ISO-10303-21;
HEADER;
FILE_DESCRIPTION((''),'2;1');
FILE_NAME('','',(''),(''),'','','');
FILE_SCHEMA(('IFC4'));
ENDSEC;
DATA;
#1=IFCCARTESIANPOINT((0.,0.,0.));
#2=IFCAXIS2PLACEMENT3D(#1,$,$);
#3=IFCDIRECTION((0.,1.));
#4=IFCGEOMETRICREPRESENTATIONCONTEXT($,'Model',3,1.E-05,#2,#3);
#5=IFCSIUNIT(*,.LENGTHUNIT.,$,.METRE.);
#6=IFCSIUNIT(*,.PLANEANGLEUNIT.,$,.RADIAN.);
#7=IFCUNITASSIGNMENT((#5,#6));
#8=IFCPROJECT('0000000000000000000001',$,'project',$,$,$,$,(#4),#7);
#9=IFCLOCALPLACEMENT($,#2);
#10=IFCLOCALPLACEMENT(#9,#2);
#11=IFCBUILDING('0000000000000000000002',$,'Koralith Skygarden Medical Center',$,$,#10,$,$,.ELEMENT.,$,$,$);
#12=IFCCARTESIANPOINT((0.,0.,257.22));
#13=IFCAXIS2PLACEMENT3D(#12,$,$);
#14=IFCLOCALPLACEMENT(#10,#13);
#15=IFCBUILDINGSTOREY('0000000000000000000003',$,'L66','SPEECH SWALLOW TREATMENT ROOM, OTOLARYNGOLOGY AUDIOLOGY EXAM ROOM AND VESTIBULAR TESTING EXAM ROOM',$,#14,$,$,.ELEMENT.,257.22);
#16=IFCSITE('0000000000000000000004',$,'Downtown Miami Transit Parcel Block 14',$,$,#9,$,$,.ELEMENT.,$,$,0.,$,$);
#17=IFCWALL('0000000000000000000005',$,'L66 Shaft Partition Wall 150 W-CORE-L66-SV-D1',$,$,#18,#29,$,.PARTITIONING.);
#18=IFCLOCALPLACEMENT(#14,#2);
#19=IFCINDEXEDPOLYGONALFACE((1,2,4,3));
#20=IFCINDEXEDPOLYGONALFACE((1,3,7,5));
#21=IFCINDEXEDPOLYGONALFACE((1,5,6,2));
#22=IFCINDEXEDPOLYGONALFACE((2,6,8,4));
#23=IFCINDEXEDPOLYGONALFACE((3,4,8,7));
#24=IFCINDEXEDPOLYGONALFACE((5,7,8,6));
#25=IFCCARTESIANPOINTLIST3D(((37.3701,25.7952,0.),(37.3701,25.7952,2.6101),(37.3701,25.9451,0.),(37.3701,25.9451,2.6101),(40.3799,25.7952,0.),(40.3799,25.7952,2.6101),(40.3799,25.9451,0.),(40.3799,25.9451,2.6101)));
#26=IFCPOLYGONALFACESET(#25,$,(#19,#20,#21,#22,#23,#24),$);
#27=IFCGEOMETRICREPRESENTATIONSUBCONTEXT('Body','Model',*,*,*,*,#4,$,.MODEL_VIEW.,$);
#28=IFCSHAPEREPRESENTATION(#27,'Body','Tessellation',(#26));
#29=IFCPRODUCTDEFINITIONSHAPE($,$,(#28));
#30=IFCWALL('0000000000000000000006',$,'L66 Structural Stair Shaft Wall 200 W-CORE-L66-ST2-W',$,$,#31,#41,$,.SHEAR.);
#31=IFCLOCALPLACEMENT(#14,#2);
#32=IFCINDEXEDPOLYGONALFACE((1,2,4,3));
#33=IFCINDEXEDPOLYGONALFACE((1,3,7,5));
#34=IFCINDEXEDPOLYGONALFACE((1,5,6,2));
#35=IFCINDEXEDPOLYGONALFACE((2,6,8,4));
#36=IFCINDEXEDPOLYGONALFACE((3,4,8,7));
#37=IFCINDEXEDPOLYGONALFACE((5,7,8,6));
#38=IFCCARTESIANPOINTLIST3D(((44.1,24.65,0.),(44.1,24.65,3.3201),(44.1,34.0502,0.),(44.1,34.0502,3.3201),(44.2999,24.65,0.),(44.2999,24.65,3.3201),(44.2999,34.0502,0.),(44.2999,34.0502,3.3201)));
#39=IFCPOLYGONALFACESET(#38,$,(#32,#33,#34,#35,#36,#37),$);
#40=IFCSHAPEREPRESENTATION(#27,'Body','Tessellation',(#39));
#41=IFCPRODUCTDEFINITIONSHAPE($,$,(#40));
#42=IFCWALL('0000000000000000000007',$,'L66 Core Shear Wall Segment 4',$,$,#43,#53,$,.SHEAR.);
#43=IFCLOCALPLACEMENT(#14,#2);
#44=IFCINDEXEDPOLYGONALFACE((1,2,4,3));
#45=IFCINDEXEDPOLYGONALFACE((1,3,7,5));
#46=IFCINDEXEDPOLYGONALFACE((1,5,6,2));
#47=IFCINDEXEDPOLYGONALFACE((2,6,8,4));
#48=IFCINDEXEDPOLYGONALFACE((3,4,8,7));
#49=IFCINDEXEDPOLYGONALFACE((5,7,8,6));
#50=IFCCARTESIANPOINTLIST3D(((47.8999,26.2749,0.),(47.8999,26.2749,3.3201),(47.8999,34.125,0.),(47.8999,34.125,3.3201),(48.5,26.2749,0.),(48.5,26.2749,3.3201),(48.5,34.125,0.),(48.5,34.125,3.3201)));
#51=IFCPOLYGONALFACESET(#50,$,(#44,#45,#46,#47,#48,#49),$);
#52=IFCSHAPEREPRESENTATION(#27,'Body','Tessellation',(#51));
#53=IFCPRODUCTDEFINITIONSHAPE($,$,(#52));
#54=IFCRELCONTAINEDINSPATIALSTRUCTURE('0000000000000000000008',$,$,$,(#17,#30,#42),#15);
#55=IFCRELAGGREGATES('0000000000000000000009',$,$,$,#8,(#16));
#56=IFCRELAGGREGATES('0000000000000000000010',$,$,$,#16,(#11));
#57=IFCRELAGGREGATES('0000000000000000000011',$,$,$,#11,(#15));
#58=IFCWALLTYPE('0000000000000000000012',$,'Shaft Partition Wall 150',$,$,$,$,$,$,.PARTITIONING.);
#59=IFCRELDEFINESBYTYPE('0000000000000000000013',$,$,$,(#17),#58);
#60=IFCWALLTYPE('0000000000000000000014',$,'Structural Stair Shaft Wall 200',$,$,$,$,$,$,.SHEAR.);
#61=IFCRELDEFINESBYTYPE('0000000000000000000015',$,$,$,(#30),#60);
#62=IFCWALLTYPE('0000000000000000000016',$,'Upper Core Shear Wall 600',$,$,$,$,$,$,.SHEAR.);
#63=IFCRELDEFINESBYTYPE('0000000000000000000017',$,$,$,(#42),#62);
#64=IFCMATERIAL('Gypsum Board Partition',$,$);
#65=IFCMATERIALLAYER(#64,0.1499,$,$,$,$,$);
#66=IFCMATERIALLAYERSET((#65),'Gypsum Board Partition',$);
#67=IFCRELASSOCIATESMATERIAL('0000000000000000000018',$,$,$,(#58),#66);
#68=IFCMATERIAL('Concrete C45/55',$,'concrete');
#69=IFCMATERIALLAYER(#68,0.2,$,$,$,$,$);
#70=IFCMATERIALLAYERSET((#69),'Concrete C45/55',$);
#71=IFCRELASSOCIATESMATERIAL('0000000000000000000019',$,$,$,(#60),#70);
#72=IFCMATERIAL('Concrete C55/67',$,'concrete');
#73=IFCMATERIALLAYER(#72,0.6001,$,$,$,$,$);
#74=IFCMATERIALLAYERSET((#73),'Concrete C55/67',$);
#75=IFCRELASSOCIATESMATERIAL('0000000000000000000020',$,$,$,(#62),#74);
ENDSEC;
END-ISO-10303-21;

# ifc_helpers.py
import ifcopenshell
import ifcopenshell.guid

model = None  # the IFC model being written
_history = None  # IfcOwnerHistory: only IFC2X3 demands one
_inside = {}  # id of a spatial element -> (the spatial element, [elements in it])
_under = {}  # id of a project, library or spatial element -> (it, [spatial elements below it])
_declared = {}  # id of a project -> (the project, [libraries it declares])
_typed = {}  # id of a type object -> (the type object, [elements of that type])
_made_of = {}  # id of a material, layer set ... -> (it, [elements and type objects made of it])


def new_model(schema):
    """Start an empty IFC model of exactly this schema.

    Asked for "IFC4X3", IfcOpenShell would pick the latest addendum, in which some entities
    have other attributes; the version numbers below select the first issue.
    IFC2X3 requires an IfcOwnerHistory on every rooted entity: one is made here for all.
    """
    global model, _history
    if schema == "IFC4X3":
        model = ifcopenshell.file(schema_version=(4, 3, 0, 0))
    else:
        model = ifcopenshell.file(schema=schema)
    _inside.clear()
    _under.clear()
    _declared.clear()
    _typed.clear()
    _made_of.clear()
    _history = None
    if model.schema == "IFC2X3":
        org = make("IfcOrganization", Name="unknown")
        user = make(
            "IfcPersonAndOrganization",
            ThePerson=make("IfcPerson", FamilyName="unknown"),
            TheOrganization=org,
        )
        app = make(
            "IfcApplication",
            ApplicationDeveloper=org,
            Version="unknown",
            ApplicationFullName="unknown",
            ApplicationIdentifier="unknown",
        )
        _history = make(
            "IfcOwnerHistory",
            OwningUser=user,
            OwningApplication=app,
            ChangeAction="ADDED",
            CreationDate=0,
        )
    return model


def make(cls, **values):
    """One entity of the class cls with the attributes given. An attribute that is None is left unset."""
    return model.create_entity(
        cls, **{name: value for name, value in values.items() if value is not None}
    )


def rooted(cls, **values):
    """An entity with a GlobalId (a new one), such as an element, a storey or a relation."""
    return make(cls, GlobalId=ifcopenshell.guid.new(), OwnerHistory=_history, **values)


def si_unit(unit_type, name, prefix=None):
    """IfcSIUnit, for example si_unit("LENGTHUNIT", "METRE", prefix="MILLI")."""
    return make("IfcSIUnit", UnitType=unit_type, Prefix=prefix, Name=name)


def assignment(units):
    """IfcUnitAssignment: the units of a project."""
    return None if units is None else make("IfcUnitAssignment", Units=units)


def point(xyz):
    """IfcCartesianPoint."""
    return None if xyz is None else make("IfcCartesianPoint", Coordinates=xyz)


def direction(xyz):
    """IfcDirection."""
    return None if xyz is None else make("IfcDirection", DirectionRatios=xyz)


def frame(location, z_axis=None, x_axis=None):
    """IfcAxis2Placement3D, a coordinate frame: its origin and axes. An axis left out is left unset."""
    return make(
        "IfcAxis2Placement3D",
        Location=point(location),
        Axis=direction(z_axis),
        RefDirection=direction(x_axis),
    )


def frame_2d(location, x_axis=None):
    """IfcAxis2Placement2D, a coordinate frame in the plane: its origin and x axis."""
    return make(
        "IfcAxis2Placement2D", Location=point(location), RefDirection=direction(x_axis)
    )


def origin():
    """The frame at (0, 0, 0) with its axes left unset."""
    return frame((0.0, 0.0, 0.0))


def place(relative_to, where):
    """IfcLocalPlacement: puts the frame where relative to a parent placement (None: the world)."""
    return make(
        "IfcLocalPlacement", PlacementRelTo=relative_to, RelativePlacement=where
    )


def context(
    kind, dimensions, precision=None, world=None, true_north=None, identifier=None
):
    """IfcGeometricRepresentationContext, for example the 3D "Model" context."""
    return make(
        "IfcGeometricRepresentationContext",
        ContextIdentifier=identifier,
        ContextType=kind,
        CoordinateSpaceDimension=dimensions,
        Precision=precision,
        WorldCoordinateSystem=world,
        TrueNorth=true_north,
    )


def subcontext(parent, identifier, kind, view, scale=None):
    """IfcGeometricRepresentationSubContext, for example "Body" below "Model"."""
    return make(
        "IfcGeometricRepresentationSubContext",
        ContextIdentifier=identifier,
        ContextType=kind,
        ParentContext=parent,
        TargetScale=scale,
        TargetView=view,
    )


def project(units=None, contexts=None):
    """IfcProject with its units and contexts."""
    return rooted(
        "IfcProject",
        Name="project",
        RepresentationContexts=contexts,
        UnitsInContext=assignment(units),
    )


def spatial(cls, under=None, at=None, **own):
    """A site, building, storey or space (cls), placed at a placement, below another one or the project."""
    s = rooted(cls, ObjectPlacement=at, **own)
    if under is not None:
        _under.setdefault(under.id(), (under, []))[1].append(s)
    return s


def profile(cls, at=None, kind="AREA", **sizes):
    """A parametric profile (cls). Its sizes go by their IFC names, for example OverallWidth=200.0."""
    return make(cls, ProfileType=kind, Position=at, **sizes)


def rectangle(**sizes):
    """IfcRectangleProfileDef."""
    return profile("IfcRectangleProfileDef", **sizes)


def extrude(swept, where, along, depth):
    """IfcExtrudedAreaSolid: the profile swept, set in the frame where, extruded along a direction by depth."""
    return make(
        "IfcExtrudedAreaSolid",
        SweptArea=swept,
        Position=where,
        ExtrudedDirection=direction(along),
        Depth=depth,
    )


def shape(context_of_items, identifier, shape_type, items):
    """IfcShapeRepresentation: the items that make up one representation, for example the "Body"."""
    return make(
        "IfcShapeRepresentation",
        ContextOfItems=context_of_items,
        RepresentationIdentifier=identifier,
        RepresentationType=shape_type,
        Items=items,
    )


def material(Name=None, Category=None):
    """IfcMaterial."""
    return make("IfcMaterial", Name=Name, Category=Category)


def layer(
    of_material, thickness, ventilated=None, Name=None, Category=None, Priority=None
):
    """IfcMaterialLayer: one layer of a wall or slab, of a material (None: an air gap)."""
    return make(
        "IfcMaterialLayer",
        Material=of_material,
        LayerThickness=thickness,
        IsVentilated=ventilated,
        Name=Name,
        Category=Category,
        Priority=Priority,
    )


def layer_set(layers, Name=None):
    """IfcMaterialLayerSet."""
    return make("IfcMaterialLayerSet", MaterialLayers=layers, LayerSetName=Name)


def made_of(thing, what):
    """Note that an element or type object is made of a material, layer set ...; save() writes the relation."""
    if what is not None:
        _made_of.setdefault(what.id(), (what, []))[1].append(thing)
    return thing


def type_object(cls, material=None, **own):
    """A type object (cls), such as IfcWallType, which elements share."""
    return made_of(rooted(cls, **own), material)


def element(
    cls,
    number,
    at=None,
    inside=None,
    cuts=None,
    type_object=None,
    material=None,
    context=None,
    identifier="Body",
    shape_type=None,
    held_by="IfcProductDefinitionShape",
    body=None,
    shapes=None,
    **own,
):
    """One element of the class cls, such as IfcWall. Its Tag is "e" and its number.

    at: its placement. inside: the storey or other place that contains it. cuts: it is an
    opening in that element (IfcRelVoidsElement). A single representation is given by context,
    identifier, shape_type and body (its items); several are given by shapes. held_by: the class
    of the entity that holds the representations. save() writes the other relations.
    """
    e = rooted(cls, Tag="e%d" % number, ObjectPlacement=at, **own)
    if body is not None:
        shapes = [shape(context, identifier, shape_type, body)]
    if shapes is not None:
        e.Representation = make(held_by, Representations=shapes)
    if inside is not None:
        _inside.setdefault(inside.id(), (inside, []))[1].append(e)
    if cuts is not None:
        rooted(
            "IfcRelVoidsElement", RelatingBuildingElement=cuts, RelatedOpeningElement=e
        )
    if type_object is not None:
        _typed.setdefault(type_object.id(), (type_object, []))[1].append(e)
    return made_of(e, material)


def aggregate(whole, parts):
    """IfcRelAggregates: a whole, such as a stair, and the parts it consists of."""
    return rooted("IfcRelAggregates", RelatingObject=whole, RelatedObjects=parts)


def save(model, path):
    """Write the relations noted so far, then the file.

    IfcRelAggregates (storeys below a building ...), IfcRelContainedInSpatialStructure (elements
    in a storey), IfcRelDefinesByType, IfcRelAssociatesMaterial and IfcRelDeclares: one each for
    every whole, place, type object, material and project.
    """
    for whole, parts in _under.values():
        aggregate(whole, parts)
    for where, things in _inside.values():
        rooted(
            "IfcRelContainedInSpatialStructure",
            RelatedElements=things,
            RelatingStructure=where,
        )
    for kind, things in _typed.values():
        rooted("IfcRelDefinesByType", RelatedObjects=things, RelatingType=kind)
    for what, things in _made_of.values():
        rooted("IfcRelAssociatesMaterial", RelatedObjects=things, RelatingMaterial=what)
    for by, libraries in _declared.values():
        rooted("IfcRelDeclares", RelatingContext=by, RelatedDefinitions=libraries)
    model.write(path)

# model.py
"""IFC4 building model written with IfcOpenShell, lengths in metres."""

from ifc_helpers import new_model, si_unit, direction, frame, frame_2d, origin, place, context, subcontext, project, spatial, rectangle, extrude, material, layer, layer_set, type_object, element, save


model = new_model("IFC4")

# Units and contexts
model_context = context("Model", 3, precision=1e-05, world=origin(), true_north=direction((0.0, 1.0)))
body_context = subcontext(model_context, "Body", "Model", "MODEL_VIEW")
ifc_project = project(units=[si_unit("LENGTHUNIT", "METRE"), si_unit("PLANEANGLEUNIT", "RADIAN")], contexts=[model_context])

# Site, building, storey
site_placement = place(None, origin())
site = spatial("IfcSite", under=ifc_project, at=site_placement, Name="Downtown Miami Transit Parcel Block 14", CompositionType="ELEMENT", RefElevation=0.0)
building_placement = place(site_placement, origin())
building = spatial("IfcBuilding", under=site, at=building_placement, Name="Koralith Skygarden Medical Center", CompositionType="ELEMENT")
storey_placement = place(building_placement, frame((0.0, 0.0, 257.22)))
storey = spatial("IfcBuildingStorey", under=building, at=storey_placement, Name="L66", Description="SPEECH SWALLOW TREATMENT ROOM, OTOLARYNGOLOGY AUDIOLOGY EXAM ROOM AND VESTIBULAR TESTING EXAM ROOM", CompositionType="ELEMENT", Elevation=257.22)

# Shared definitions
ifc_material_1 = material(Name="Concrete C55/67", Category="concrete")

# Shared definitions
ifc_material_2 = material(Name="Concrete C45/55", Category="concrete")

# Shared definitions
ifc_material_3 = material(Name="Gypsum Board Partition")

# Walls
ifc_layer_1 = layer(ifc_material_3, 0.1499)
ifc_layer_set_1 = layer_set([ifc_layer_1], Name="Gypsum Board Partition")
wall_type_1 = type_object("IfcWallType", Name="Shaft Partition Wall 150", PredefinedType="PARTITIONING", material=ifc_layer_set_1)
wall_1_placement = place(storey_placement, frame((37.3701, 25.8701, 0.0), z_axis=(0.0, 0.0, 1.0), x_axis=(1.0, 0.0, 0.0)))
element("IfcWall", 1, at=wall_1_placement, inside=storey, type_object=wall_type_1, Name="L66 Shaft Partition Wall 150 W-CORE-L66-SV-D1", PredefinedType="PARTITIONING", context=body_context, shape_type="SweptSolid", body=[
    extrude(rectangle(XDim=3.0098, YDim=0.1499, at=frame_2d((1.5049, 0.0))), origin(), (0.0, 0.0, 1.0), 2.6101),
])
ifc_layer_2 = layer(ifc_material_2, 0.2)
ifc_layer_set_2 = layer_set([ifc_layer_2], Name="Concrete C45/55")
wall_type_2 = type_object("IfcWallType", Name="Structural Stair Shaft Wall 200", PredefinedType="SHEAR", material=ifc_layer_set_2)
wall_2_placement = place(storey_placement, frame((44.2, 24.6499, 0.0), z_axis=(0.0, 0.0, 1.0), x_axis=(0.0, 1.0, 0.0)))
element("IfcWall", 2, at=wall_2_placement, inside=storey, type_object=wall_type_2, Name="L66 Structural Stair Shaft Wall 200 W-CORE-L66-ST2-W", PredefinedType="SHEAR", context=body_context, shape_type="SweptSolid", body=[
    extrude(rectangle(XDim=9.4001, YDim=0.2, at=frame_2d((4.7002, 0.0))), origin(), (0.0, 0.0, 1.0), 3.3201),
])

# Shared definitions
ifc_layer_3 = layer(ifc_material_1, 0.6001)
ifc_layer_set_3 = layer_set([ifc_layer_3], Name="Concrete C55/67")
wall_type_3 = type_object("IfcWallType", Name="Upper Core Shear Wall 600", PredefinedType="SHEAR", material=ifc_layer_set_3)

# Wall
wall_3_placement = place(storey_placement, frame((48.2, 26.2749, 0.0), z_axis=(0.0, 0.0, 1.0), x_axis=(0.0, 1.0, 0.0)))
element("IfcWall", 3, at=wall_3_placement, inside=storey, type_object=wall_type_3, Name="L66 Core Shear Wall Segment 4", PredefinedType="SHEAR", context=body_context, shape_type="SweptSolid", body=[
    extrude(rectangle(XDim=7.8501, YDim=0.6001, at=frame_2d((3.925, 0.0))), origin(), (0.0, 0.0, 1.0), 3.3201),
])

save(model, "model.ifc")
